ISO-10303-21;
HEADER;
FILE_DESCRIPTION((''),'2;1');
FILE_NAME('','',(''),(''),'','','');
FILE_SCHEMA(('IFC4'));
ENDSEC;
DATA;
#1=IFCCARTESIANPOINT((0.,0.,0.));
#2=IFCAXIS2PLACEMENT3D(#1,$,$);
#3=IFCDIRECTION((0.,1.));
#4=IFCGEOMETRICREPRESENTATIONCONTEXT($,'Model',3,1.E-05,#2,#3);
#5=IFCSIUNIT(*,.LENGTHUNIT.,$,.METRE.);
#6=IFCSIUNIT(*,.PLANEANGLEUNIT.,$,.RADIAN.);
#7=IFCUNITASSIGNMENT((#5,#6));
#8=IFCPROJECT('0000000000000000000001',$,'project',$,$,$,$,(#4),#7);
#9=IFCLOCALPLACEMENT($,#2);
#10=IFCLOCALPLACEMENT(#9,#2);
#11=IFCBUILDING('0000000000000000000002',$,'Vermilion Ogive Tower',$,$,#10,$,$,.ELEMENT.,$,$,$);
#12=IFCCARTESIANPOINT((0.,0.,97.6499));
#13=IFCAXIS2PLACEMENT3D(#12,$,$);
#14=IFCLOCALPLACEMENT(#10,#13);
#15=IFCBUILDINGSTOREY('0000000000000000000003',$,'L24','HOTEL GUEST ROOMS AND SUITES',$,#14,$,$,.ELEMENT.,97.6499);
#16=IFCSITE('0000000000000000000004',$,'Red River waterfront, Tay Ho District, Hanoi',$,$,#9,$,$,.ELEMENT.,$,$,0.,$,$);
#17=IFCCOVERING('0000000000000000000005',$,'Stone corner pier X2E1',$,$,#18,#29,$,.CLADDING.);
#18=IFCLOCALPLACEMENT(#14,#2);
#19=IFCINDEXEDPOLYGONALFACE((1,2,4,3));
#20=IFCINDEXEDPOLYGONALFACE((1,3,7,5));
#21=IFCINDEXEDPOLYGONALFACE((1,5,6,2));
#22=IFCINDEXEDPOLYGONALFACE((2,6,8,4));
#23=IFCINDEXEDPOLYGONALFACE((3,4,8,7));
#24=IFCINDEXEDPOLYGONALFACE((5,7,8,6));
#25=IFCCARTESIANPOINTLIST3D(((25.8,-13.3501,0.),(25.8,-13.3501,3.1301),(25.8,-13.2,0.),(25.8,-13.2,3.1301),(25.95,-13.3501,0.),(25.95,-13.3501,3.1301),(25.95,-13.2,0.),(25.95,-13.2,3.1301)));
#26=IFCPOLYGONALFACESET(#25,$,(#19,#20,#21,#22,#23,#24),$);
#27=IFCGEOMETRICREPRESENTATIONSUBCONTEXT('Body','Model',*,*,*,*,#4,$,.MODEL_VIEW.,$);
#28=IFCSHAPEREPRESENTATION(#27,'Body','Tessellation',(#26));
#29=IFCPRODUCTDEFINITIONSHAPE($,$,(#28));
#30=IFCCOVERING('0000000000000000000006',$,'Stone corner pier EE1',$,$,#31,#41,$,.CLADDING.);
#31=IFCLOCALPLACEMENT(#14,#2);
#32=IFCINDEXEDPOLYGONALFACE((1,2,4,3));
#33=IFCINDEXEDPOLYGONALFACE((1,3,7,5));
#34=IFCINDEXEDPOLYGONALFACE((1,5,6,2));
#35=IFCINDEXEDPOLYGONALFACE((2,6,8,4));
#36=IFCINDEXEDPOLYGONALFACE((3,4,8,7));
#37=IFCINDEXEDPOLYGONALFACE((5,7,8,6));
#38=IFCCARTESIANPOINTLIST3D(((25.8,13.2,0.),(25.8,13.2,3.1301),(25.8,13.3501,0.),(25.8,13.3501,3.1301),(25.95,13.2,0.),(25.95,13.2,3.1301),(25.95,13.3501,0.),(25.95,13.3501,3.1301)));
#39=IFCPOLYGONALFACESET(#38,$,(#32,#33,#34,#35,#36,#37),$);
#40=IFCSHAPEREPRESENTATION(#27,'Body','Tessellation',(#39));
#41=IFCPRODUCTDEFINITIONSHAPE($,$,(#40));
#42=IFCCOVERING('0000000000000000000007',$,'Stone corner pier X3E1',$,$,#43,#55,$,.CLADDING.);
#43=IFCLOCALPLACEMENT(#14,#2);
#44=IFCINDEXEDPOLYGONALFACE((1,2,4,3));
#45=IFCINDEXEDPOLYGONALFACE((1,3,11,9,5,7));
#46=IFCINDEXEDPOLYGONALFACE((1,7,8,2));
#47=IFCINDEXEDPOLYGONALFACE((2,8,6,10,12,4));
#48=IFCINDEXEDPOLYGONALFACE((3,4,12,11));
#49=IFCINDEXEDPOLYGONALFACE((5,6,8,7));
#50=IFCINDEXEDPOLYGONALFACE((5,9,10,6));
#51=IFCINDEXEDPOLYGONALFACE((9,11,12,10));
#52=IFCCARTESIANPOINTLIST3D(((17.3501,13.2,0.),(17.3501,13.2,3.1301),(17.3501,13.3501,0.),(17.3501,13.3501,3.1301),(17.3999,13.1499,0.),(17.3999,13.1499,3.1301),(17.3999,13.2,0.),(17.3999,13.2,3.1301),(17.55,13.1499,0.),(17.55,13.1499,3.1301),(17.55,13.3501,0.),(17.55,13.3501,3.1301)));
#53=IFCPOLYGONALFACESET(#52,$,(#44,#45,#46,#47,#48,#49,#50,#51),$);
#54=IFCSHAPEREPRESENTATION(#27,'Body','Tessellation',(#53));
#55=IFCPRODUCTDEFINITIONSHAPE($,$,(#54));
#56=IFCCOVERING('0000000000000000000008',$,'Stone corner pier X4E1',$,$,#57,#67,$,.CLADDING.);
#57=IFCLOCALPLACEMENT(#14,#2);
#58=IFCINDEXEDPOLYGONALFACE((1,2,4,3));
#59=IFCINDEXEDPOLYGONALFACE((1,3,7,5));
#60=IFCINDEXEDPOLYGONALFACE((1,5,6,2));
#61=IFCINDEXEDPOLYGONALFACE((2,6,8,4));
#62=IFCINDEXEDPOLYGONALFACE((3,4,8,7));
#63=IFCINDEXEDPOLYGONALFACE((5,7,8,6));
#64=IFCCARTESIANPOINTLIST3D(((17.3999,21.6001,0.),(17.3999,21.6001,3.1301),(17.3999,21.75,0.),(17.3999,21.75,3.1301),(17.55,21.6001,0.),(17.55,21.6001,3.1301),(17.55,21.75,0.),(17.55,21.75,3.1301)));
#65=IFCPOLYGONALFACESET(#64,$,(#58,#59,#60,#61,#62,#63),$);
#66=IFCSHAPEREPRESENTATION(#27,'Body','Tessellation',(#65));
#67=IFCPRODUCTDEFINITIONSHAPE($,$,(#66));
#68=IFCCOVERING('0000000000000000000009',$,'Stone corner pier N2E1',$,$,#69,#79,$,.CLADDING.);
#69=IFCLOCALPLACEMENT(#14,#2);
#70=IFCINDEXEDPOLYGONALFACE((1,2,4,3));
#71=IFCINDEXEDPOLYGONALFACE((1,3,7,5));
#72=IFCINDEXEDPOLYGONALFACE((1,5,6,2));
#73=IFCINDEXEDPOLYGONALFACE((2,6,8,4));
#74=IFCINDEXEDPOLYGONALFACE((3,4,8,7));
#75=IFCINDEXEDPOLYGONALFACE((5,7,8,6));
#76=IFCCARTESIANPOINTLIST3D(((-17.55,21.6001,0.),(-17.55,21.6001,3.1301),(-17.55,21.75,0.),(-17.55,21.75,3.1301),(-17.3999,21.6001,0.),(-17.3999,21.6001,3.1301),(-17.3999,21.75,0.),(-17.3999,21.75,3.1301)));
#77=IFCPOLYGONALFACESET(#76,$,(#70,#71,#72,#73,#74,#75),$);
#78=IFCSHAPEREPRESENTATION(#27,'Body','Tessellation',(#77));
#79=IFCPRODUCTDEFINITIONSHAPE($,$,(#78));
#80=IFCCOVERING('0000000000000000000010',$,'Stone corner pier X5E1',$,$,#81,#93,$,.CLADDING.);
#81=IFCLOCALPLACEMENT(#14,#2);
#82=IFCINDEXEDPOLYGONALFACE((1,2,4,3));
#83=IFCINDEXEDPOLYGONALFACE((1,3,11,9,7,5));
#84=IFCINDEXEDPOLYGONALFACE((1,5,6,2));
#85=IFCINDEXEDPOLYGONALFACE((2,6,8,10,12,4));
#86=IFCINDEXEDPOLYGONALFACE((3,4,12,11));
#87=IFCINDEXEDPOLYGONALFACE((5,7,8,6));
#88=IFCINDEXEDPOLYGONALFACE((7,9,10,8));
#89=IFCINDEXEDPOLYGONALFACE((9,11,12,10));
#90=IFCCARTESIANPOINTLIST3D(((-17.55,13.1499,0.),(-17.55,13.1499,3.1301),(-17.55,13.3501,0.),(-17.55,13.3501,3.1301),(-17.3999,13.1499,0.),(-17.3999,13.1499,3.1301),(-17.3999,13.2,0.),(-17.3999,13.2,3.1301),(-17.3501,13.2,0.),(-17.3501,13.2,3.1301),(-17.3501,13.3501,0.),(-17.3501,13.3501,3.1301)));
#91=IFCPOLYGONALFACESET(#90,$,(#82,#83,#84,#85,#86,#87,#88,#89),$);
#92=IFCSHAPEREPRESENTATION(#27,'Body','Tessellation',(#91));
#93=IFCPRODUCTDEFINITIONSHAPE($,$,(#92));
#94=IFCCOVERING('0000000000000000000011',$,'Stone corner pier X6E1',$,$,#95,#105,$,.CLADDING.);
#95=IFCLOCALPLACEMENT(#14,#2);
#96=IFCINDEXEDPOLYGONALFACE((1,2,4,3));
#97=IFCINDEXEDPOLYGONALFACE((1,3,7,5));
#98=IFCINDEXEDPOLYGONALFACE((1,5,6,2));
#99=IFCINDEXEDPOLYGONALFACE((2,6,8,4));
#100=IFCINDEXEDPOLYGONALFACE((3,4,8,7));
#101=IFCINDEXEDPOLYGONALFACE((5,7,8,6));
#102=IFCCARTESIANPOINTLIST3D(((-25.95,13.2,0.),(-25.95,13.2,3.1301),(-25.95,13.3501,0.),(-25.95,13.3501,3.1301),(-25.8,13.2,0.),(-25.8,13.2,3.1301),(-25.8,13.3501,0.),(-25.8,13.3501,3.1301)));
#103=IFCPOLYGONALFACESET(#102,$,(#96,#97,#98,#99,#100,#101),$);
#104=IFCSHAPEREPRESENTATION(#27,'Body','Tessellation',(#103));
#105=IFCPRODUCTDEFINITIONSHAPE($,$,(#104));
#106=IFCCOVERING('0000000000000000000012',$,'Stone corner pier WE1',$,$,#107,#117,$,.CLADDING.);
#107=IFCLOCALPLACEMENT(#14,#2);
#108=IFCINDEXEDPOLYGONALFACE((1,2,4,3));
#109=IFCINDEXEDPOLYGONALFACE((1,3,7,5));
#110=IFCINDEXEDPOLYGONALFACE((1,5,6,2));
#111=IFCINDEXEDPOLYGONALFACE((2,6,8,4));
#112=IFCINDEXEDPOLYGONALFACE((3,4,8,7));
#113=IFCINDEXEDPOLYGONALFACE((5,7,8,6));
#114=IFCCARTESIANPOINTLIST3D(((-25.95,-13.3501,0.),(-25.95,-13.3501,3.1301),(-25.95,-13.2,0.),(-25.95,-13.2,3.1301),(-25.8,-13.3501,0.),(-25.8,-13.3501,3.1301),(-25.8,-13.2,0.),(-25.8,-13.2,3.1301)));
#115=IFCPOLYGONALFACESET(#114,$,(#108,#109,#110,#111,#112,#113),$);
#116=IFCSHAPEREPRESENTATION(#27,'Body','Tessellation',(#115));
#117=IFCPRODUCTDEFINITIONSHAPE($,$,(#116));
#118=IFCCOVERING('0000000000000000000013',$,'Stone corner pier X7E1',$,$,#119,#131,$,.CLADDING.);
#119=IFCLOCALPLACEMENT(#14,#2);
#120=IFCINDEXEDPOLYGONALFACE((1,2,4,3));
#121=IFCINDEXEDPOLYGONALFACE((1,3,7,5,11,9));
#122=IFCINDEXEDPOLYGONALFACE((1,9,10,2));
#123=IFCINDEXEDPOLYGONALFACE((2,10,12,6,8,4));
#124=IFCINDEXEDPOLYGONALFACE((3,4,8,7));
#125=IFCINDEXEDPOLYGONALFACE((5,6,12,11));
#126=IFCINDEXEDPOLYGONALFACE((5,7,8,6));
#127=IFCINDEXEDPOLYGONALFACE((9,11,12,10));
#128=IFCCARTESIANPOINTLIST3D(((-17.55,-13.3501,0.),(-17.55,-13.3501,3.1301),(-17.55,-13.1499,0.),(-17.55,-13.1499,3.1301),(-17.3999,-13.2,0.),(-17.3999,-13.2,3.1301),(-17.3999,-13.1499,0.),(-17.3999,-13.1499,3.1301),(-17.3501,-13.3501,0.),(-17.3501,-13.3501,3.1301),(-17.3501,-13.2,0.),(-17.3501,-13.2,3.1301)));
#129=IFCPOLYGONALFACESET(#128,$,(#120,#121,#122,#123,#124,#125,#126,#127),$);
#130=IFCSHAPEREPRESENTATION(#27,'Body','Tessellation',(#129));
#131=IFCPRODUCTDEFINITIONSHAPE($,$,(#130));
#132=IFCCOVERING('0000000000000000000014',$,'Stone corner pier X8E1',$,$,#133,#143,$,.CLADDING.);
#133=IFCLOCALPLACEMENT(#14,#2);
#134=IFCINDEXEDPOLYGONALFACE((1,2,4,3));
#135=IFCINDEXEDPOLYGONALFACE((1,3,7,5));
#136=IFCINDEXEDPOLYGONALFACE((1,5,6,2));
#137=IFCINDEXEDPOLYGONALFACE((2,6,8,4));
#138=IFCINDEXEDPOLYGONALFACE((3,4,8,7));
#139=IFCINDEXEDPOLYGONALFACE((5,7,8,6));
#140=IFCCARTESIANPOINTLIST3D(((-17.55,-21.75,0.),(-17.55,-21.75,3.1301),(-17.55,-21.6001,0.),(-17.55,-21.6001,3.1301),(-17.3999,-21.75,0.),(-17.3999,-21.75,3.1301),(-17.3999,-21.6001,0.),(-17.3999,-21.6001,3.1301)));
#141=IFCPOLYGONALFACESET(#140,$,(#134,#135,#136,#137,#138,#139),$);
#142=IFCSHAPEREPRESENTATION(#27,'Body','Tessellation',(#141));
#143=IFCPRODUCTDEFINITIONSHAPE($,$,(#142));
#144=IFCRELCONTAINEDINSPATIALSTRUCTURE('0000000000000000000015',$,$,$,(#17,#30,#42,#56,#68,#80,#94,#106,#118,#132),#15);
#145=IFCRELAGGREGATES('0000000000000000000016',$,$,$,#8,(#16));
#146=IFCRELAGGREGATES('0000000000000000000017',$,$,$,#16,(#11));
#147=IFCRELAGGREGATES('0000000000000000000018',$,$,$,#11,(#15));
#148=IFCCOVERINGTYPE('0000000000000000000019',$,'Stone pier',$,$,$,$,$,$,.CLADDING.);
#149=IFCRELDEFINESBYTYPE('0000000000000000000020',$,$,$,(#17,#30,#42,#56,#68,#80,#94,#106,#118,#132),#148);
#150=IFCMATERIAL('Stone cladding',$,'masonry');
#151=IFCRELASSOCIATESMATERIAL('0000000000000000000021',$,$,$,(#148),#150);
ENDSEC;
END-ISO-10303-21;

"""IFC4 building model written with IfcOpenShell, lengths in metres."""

from ifc_helpers import new_model, si_unit, direction, frame, origin, place, context, subcontext, project, spatial, polyline, outline, extrude, material, type_object, element, save


model = new_model("IFC4")

# Units and contexts
model_context = context("Model", 3, precision=1e-05, world=origin(), true_north=direction((0.0, 1.0)))
body_context = subcontext(model_context, "Body", "Model", "MODEL_VIEW")
ifc_project = project(units=[si_unit("LENGTHUNIT", "METRE"), si_unit("PLANEANGLEUNIT", "RADIAN")], contexts=[model_context])

# Site, building, storey
site_placement = place(None, origin())
site = spatial("IfcSite", under=ifc_project, at=site_placement, Name="Red River waterfront, Tay Ho District, Hanoi", CompositionType="ELEMENT", RefElevation=0.0)
building_placement = place(site_placement, origin())
building = spatial("IfcBuilding", under=site, at=building_placement, Name="Vermilion Ogive Tower", CompositionType="ELEMENT")
storey_placement = place(building_placement, frame((0.0, 0.0, 97.6499)))
storey = spatial("IfcBuildingStorey", under=building, at=storey_placement, Name="L24", Description="HOTEL GUEST ROOMS AND SUITES", CompositionType="ELEMENT", Elevation=97.6499)

# Coverings
ifc_material_1 = material(Name="Stone cladding", Category="masonry")
covering_type_1 = type_object("IfcCoveringType", Name="Stone pier", PredefinedType="CLADDING", material=ifc_material_1)
covering_1_placement = place(storey_placement, origin())
element("IfcCovering", 1, at=covering_1_placement, inside=storey, type_object=covering_type_1, Name="Stone corner pier X2E1", PredefinedType="CLADDING", context=body_context, shape_type="SweptSolid", body=[
    extrude(outline(polyline([(25.8, -13.3501), (25.8, -13.2), (25.95, -13.2), (25.95, -13.3501), (25.8, -13.3501)])), origin(), (0.0, 0.0, 1.0), 3.1301),
])
covering_2_placement = place(storey_placement, origin())
element("IfcCovering", 2, at=covering_2_placement, inside=storey, type_object=covering_type_1, Name="Stone corner pier EE1", PredefinedType="CLADDING", context=body_context, shape_type="SweptSolid", body=[
    extrude(outline(polyline([(25.95, 13.2), (25.8, 13.2), (25.8, 13.3501), (25.95, 13.3501), (25.95, 13.2)])), origin(), (0.0, 0.0, 1.0), 3.1301),
])
covering_3_placement = place(storey_placement, origin())
element("IfcCovering", 3, at=covering_3_placement, inside=storey, type_object=covering_type_1, Name="Stone corner pier X3E1", PredefinedType="CLADDING", context=body_context, shape_type="SweptSolid", body=[
    extrude(outline(polyline([(17.3999, 13.1499), (17.3999, 13.2), (17.3501, 13.2), (17.3501, 13.3501), (17.55, 13.3501), (17.55, 13.1499), (17.3999, 13.1499)])), origin(), (0.0, 0.0, 1.0), 3.1301),
])
covering_4_placement = place(storey_placement, origin())
element("IfcCovering", 4, at=covering_4_placement, inside=storey, type_object=covering_type_1, Name="Stone corner pier X4E1", PredefinedType="CLADDING", context=body_context, shape_type="SweptSolid", body=[
    extrude(outline(polyline([(17.55, 21.6001), (17.3999, 21.6001), (17.3999, 21.6001), (17.3999, 21.75), (17.55, 21.75), (17.55, 21.6001)])), origin(), (0.0, 0.0, 1.0), 3.1301),
])
covering_5_placement = place(storey_placement, origin())
element("IfcCovering", 5, at=covering_5_placement, inside=storey, type_object=covering_type_1, Name="Stone corner pier N2E1", PredefinedType="CLADDING", context=body_context, shape_type="SweptSolid", body=[
    extrude(outline(polyline([(-17.3999, 21.75), (-17.3999, 21.6001), (-17.3999, 21.6001), (-17.55, 21.6001), (-17.55, 21.75), (-17.3999, 21.75)])), origin(), (0.0, 0.0, 1.0), 3.1301),
])
covering_6_placement = place(storey_placement, origin())
element("IfcCovering", 6, at=covering_6_placement, inside=storey, type_object=covering_type_1, Name="Stone corner pier X5E1", PredefinedType="CLADDING", context=body_context, shape_type="SweptSolid", body=[
    extrude(outline(polyline([(-17.3501, 13.2), (-17.3999, 13.2), (-17.3999, 13.1499), (-17.55, 13.1499), (-17.55, 13.3501), (-17.3501, 13.3501), (-17.3501, 13.2)])), origin(), (0.0, 0.0, 1.0), 3.1301),
])
covering_7_placement = place(storey_placement, origin())
element("IfcCovering", 7, at=covering_7_placement, inside=storey, type_object=covering_type_1, Name="Stone corner pier X6E1", PredefinedType="CLADDING", context=body_context, shape_type="SweptSolid", body=[
    extrude(outline(polyline([(-25.8, 13.3501), (-25.8, 13.2), (-25.95, 13.2), (-25.95, 13.3501), (-25.8, 13.3501)])), origin(), (0.0, 0.0, 1.0), 3.1301),
])
covering_8_placement = place(storey_placement, origin())
element("IfcCovering", 8, at=covering_8_placement, inside=storey, type_object=covering_type_1, Name="Stone corner pier WE1", PredefinedType="CLADDING", context=body_context, shape_type="SweptSolid", body=[
    extrude(outline(polyline([(-25.95, -13.2), (-25.8, -13.2), (-25.8, -13.3501), (-25.95, -13.3501), (-25.95, -13.2)])), origin(), (0.0, 0.0, 1.0), 3.1301),
])
covering_9_placement = place(storey_placement, origin())
element("IfcCovering", 9, at=covering_9_placement, inside=storey, type_object=covering_type_1, Name="Stone corner pier X7E1", PredefinedType="CLADDING", context=body_context, shape_type="SweptSolid", body=[
    extrude(outline(polyline([(-17.3999, -13.1499), (-17.3999, -13.2), (-17.3501, -13.2), (-17.3501, -13.3501), (-17.55, -13.3501), (-17.55, -13.1499), (-17.3999, -13.1499)])), origin(), (0.0, 0.0, 1.0), 3.1301),
])
covering_10_placement = place(storey_placement, origin())
element("IfcCovering", 10, at=covering_10_placement, inside=storey, type_object=covering_type_1, Name="Stone corner pier X8E1", PredefinedType="CLADDING", context=body_context, shape_type="SweptSolid", body=[
    extrude(outline(polyline([(-17.55, -21.6001), (-17.3999, -21.6001), (-17.3999, -21.6001), (-17.3999, -21.75), (-17.55, -21.75), (-17.55, -21.6001)])), origin(), (0.0, 0.0, 1.0), 3.1301),
])

save(model, "model.ifc")
